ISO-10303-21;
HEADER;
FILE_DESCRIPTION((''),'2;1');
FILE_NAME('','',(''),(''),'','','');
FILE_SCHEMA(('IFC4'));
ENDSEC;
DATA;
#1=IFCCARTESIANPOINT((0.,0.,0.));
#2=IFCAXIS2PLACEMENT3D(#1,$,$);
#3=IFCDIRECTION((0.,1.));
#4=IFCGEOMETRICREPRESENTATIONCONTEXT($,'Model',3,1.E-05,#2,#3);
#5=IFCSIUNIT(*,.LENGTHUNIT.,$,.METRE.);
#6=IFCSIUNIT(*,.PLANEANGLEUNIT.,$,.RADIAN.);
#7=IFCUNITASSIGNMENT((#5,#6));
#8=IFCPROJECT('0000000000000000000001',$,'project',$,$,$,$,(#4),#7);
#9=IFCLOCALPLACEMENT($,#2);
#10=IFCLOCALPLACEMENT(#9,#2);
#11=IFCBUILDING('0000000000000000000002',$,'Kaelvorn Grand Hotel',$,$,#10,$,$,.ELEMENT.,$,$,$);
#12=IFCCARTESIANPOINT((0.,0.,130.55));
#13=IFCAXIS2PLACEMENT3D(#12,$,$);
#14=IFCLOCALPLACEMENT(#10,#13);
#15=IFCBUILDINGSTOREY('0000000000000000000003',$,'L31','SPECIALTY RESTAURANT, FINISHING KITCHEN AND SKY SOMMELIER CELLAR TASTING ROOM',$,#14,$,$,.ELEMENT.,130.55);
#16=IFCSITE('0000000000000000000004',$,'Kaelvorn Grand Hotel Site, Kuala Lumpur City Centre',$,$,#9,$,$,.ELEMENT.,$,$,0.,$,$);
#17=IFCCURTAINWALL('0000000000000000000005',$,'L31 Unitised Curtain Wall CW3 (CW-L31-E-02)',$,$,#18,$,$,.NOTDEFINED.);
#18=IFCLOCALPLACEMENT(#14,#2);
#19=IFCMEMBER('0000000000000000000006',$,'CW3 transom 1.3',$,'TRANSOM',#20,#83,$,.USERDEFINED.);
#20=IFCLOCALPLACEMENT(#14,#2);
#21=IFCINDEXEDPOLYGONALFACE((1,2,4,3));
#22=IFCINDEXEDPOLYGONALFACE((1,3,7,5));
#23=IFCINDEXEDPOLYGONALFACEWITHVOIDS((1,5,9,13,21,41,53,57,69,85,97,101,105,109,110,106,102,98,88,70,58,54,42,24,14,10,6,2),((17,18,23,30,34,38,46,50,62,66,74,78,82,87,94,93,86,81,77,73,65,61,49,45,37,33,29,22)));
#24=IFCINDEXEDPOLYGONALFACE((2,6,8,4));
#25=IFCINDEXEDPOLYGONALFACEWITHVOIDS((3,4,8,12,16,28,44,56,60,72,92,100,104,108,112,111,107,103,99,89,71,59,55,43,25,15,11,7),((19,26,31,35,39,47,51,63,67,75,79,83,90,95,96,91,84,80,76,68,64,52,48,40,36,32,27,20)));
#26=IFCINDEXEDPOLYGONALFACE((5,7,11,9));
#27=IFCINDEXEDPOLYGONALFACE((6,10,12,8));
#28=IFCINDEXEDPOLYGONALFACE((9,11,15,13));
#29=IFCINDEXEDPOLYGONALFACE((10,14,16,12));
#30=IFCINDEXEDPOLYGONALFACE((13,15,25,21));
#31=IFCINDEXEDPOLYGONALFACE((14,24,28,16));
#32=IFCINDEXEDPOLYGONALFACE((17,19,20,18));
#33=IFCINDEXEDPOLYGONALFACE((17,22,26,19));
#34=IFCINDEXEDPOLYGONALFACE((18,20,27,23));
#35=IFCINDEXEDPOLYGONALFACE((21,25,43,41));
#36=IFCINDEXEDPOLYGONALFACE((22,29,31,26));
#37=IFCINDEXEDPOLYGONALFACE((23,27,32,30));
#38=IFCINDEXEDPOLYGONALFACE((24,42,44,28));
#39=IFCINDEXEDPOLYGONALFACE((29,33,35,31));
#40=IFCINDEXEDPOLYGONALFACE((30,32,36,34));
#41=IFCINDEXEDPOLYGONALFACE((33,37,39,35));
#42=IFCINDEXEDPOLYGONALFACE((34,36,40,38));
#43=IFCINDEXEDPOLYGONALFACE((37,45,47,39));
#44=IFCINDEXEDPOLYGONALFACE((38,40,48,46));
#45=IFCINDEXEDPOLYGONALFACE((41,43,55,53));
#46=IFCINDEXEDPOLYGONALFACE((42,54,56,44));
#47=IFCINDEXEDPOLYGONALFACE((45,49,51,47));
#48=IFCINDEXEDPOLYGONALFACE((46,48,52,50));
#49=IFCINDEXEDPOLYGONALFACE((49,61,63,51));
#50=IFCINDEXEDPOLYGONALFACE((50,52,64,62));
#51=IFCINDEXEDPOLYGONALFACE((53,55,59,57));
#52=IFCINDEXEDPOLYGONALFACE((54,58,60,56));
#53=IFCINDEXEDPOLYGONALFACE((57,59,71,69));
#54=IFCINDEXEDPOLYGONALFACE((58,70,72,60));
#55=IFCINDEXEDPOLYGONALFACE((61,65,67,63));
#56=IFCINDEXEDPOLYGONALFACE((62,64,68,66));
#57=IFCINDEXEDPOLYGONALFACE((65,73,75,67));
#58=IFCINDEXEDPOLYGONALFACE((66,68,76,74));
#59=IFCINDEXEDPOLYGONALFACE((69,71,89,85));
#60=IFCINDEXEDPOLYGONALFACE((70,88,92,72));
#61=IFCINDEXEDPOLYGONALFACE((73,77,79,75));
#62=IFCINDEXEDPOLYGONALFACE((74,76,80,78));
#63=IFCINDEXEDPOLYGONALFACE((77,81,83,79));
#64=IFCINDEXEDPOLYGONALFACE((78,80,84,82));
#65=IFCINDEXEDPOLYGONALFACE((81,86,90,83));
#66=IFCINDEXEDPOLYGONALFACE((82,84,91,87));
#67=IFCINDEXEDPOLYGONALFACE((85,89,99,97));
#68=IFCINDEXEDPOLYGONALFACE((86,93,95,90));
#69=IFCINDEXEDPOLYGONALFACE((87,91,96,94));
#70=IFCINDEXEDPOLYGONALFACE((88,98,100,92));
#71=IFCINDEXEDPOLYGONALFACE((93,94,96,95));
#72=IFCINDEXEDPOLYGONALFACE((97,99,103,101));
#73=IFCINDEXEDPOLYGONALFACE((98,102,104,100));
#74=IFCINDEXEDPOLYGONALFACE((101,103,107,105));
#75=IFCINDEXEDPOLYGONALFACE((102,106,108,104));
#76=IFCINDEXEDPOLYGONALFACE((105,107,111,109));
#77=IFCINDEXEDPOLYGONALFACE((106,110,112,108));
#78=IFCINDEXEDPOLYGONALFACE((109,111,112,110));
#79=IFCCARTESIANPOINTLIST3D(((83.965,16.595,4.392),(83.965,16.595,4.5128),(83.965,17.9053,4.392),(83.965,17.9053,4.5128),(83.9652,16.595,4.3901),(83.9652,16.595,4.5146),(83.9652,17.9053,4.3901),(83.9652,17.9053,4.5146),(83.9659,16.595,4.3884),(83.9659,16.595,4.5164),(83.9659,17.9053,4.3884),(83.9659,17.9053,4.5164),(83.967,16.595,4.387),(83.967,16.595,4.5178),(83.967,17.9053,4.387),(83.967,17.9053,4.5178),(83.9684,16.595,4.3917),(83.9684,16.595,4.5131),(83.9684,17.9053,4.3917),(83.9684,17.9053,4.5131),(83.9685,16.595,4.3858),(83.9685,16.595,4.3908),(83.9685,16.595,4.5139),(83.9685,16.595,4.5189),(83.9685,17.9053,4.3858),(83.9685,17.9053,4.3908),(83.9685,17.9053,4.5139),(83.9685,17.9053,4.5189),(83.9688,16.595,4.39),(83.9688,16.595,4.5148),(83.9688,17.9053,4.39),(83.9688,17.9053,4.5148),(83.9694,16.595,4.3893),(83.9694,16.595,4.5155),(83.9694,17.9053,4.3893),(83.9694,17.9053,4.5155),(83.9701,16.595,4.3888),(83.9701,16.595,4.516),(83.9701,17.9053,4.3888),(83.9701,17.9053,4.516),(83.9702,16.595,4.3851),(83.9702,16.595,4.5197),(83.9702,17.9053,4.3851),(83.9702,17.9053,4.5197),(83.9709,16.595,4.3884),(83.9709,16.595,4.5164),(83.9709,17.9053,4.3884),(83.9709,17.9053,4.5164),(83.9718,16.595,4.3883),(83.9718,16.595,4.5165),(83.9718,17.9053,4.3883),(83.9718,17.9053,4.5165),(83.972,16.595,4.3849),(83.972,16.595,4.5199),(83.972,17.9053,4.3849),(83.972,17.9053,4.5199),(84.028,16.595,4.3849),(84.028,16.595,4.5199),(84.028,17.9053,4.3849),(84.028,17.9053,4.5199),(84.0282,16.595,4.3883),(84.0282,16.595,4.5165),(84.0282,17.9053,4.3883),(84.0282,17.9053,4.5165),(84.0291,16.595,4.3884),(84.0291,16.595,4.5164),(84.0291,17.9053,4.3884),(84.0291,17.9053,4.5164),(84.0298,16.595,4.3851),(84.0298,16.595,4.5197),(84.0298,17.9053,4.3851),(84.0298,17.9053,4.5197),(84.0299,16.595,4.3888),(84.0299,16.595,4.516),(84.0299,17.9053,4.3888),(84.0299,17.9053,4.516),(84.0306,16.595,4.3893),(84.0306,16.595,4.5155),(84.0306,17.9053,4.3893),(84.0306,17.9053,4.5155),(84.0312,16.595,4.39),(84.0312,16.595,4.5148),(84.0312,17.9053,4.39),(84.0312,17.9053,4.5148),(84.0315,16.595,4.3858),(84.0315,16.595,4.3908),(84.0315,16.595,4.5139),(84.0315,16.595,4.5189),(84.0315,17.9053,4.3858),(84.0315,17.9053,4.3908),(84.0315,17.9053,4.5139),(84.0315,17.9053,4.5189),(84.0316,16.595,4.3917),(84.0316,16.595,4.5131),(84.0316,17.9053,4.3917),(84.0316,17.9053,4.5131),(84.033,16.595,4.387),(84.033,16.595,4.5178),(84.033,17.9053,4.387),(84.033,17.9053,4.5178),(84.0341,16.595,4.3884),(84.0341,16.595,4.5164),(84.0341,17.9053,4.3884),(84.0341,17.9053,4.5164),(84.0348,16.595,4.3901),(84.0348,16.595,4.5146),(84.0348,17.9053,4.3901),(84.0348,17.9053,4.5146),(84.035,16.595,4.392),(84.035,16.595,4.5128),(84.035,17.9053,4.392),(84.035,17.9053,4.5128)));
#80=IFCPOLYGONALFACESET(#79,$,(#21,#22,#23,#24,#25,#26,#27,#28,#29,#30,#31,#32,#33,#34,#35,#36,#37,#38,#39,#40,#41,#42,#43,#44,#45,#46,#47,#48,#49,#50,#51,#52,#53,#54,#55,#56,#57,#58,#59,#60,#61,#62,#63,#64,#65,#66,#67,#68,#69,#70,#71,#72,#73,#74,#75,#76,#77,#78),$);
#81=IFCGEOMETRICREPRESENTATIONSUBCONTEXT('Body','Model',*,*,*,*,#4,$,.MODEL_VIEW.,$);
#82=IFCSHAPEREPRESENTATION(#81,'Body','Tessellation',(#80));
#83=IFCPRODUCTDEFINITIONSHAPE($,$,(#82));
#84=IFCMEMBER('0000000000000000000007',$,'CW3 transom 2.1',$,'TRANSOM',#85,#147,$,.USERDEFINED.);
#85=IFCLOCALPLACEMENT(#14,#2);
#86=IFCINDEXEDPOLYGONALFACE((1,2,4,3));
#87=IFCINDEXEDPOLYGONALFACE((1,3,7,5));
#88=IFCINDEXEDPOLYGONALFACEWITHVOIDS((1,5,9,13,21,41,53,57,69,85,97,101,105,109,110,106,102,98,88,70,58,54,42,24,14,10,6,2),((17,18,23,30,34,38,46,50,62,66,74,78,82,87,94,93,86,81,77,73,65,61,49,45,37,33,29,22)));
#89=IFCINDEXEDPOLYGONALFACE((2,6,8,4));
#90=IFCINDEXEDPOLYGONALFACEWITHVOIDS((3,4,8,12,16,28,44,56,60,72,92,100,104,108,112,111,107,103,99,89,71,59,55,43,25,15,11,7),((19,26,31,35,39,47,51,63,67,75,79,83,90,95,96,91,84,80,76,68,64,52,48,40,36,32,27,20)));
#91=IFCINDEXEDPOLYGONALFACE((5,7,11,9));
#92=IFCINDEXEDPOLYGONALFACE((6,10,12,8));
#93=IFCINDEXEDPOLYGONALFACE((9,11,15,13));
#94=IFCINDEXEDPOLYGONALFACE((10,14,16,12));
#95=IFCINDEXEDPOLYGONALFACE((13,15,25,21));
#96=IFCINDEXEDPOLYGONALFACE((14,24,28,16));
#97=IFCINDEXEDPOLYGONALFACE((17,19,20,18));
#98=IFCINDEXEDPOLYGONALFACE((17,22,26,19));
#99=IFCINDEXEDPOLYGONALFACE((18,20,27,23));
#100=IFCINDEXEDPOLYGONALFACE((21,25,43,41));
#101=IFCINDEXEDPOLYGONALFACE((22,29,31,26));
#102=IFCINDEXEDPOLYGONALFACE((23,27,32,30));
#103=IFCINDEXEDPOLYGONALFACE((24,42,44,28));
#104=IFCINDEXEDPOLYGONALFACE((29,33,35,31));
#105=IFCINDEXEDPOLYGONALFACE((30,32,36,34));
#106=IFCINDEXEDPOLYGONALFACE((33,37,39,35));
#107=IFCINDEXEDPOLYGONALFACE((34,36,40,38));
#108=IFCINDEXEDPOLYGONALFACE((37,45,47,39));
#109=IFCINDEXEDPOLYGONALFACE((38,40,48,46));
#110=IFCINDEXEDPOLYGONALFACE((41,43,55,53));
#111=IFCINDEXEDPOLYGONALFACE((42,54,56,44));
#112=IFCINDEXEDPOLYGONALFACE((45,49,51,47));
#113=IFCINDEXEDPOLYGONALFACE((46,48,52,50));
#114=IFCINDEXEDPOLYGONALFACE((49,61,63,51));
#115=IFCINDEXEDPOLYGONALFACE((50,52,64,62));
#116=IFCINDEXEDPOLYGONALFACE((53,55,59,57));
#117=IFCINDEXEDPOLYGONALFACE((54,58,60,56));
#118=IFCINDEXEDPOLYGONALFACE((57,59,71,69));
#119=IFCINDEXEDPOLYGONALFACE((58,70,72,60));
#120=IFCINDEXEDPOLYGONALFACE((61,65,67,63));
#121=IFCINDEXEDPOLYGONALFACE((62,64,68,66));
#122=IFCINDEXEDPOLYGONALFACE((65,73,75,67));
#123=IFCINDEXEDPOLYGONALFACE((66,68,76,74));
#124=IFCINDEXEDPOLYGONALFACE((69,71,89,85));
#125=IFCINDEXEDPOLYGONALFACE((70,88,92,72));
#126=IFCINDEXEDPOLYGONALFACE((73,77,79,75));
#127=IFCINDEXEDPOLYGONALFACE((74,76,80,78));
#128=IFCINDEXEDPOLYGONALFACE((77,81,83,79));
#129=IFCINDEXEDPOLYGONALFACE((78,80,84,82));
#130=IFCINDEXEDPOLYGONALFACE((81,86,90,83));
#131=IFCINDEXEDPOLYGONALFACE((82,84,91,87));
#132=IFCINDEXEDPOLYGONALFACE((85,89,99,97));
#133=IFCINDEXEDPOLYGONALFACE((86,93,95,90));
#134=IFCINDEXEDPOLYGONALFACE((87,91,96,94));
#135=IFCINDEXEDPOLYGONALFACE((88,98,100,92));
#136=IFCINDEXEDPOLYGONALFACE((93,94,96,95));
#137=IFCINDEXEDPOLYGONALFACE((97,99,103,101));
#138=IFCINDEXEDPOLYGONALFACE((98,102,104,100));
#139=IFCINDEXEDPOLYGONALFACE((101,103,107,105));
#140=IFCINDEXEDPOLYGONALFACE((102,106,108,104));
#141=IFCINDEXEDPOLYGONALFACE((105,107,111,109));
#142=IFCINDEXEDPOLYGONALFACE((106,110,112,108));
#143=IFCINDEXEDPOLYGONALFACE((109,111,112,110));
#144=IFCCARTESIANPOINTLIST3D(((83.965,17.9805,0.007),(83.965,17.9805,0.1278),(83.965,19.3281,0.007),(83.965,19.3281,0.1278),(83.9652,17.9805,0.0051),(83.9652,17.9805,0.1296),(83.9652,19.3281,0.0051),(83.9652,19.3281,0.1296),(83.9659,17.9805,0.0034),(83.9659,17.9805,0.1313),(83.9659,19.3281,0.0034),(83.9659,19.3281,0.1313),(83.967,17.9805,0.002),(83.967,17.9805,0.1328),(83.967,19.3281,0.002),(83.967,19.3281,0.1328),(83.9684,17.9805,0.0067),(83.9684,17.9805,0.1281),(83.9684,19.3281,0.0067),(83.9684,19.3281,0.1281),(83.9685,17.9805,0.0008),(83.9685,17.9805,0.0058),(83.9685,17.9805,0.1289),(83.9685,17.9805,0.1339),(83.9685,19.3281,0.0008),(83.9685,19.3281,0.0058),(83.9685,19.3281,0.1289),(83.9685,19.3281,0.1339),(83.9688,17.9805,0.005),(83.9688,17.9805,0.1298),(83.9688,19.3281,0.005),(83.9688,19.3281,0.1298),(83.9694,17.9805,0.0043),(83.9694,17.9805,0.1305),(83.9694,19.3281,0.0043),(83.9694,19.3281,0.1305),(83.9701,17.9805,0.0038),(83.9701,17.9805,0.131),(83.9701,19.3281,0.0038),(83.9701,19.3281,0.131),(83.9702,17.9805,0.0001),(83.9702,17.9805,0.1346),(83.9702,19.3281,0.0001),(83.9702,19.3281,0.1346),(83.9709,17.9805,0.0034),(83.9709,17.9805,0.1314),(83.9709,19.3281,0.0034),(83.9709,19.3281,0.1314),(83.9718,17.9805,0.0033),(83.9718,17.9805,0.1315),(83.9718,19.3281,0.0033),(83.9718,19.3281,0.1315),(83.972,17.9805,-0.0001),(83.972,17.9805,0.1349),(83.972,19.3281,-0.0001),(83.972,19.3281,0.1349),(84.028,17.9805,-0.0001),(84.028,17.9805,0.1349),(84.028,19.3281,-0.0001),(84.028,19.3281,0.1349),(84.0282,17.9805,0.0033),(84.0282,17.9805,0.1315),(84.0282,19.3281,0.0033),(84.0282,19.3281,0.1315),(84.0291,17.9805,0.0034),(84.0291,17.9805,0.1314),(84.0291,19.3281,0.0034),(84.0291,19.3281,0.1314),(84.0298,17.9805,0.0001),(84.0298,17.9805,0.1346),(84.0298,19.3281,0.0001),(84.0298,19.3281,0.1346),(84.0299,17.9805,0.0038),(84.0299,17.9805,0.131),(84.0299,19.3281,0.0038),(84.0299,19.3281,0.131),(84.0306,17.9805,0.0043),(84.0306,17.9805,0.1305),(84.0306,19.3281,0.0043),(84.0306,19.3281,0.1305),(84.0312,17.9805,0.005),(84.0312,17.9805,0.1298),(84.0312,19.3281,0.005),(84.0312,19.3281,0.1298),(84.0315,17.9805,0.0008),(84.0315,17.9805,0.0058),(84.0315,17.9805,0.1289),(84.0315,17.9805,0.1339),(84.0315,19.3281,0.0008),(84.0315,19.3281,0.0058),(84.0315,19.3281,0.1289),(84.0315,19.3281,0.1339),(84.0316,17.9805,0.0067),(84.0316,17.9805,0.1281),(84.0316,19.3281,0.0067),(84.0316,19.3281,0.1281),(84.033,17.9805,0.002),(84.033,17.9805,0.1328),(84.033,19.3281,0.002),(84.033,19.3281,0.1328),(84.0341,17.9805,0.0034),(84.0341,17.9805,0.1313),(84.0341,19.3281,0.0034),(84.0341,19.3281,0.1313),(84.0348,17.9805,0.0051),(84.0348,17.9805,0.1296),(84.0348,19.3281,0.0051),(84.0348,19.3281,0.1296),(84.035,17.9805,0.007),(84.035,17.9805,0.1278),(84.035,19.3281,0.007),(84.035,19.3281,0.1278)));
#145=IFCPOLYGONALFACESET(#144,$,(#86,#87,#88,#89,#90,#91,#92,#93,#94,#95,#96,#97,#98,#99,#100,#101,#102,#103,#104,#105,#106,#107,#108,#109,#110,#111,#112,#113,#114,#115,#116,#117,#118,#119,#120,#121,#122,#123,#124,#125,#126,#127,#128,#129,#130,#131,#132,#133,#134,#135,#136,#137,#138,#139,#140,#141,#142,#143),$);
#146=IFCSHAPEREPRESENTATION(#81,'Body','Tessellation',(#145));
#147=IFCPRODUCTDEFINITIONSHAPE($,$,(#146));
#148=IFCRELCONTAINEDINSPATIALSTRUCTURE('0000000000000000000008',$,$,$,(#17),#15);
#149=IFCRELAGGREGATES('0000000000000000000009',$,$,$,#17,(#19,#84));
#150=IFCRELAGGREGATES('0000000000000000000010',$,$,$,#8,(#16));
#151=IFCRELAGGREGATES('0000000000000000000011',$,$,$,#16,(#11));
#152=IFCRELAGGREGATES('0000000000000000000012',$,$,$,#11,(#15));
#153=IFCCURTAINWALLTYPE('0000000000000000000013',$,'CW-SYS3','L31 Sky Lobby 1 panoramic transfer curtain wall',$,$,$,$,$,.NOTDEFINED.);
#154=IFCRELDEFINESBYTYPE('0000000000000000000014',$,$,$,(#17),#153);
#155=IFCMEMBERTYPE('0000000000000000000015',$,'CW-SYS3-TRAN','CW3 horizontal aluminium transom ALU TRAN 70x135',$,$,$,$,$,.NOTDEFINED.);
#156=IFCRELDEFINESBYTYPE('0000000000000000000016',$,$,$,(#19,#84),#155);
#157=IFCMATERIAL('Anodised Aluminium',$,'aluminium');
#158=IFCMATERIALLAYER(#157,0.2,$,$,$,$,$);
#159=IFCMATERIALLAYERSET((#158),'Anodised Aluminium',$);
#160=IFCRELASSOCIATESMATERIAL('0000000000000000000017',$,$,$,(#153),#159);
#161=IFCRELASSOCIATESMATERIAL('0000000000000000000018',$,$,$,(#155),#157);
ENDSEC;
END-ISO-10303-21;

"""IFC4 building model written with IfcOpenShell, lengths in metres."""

from ifc_helpers import new_model, si_unit, direction, frame, origin, origin_2d, place, context, subcontext, project, spatial, hollow_rectangle, extrude, material, layer, layer_set, material_profile, profile_set, type_object, element, aggregate, save


model = new_model("IFC4")

# Units and contexts
model_context = context("Model", 3, precision=1e-05, world=origin(), true_north=direction((0.0, 1.0)))
body_context = subcontext(model_context, "Body", "Model", "MODEL_VIEW")
ifc_project = project(units=[si_unit("LENGTHUNIT", "METRE"), si_unit("PLANEANGLEUNIT", "RADIAN")], contexts=[model_context])

# Site, building, storey
site_placement = place(None, origin())
site = spatial("IfcSite", under=ifc_project, at=site_placement, Name="Kaelvorn Grand Hotel Site, Kuala Lumpur City Centre", CompositionType="ELEMENT", RefElevation=0.0)
building_placement = place(site_placement, origin())
building = spatial("IfcBuilding", under=site, at=building_placement, Name="Kaelvorn Grand Hotel", CompositionType="ELEMENT")
storey_placement = place(building_placement, frame((0.0, 0.0, 130.55)))
storey = spatial("IfcBuildingStorey", under=building, at=storey_placement, Name="L31", Description="SPECIALTY RESTAURANT, FINISHING KITCHEN AND SKY SOMMELIER CELLAR TASTING ROOM", CompositionType="ELEMENT", Elevation=130.55)

# Shared definitions
ifc_material_1 = material(Name="Anodised Aluminium", Category="aluminium")
ifc_layer_1 = layer(ifc_material_1, 0.2)
ifc_layer_set_1 = layer_set([ifc_layer_1], Name="Anodised Aluminium")
curtain_wall_type = type_object("IfcCurtainWallType", Name="CW-SYS3", Description="L31 Sky Lobby 1 panoramic transfer curtain wall", PredefinedType="NOTDEFINED", material=ifc_layer_set_1)

# Curtain wall, members
curtain_wall_1_placement = place(storey_placement, origin())
curtain_wall_1 = element("IfcCurtainWall", 1, at=curtain_wall_1_placement, inside=storey, type_object=curtain_wall_type, Name="L31 Unitised Curtain Wall CW3 (CW-L31-E-02)", PredefinedType="NOTDEFINED")
ifc_material_profile_1 = material_profile(ifc_material_1, hollow_rectangle(XDim=0.0701, YDim=0.135, WallThickness=0.0034, InnerFilletRadius=0.0034, OuterFilletRadius=0.0071, at=origin_2d()), Name="ALU TRAN 70x135")
ifc_profile_set_1 = profile_set([ifc_material_profile_1], Name="Anodised Aluminium")
member_type_1 = type_object("IfcMemberType", Name="CW-SYS3-TRAN", Description="CW3 horizontal aluminium transom ALU TRAN 70x135", PredefinedType="NOTDEFINED", material=ifc_profile_set_1)
member_1_placement = place(storey_placement, frame((84.0, 16.595, 4.4524), z_axis=(0.0, 1.0, 0.0), x_axis=(-1.0, 0.0, 0.0)))
member_1 = element("IfcMember", 2, at=member_1_placement, type_object=member_type_1, Name="CW3 transom 1.3", ObjectType="TRANSOM", PredefinedType="USERDEFINED", context=body_context, shape_type="SweptSolid", body=[
    extrude(hollow_rectangle(XDim=0.0701, YDim=0.135, WallThickness=0.0034, InnerFilletRadius=0.0034, OuterFilletRadius=0.0071, at=origin_2d()), origin(), (0.0, 0.0, 1.0), 1.3103),
])
member_2_placement = place(storey_placement, frame((84.0, 17.9805, 0.0674), z_axis=(0.0, 1.0, 0.0), x_axis=(-1.0, 0.0, 0.0)))
member_2 = element("IfcMember", 3, at=member_2_placement, type_object=member_type_1, Name="CW3 transom 2.1", ObjectType="TRANSOM", PredefinedType="USERDEFINED", context=body_context, shape_type="SweptSolid", body=[
    extrude(hollow_rectangle(XDim=0.0701, YDim=0.135, WallThickness=0.0034, InnerFilletRadius=0.0034, OuterFilletRadius=0.0071, at=origin_2d()), origin(), (0.0, 0.0, 1.0), 1.3477),
])

aggregate(curtain_wall_1, [member_1, member_2])

save(model, "model.ifc")
